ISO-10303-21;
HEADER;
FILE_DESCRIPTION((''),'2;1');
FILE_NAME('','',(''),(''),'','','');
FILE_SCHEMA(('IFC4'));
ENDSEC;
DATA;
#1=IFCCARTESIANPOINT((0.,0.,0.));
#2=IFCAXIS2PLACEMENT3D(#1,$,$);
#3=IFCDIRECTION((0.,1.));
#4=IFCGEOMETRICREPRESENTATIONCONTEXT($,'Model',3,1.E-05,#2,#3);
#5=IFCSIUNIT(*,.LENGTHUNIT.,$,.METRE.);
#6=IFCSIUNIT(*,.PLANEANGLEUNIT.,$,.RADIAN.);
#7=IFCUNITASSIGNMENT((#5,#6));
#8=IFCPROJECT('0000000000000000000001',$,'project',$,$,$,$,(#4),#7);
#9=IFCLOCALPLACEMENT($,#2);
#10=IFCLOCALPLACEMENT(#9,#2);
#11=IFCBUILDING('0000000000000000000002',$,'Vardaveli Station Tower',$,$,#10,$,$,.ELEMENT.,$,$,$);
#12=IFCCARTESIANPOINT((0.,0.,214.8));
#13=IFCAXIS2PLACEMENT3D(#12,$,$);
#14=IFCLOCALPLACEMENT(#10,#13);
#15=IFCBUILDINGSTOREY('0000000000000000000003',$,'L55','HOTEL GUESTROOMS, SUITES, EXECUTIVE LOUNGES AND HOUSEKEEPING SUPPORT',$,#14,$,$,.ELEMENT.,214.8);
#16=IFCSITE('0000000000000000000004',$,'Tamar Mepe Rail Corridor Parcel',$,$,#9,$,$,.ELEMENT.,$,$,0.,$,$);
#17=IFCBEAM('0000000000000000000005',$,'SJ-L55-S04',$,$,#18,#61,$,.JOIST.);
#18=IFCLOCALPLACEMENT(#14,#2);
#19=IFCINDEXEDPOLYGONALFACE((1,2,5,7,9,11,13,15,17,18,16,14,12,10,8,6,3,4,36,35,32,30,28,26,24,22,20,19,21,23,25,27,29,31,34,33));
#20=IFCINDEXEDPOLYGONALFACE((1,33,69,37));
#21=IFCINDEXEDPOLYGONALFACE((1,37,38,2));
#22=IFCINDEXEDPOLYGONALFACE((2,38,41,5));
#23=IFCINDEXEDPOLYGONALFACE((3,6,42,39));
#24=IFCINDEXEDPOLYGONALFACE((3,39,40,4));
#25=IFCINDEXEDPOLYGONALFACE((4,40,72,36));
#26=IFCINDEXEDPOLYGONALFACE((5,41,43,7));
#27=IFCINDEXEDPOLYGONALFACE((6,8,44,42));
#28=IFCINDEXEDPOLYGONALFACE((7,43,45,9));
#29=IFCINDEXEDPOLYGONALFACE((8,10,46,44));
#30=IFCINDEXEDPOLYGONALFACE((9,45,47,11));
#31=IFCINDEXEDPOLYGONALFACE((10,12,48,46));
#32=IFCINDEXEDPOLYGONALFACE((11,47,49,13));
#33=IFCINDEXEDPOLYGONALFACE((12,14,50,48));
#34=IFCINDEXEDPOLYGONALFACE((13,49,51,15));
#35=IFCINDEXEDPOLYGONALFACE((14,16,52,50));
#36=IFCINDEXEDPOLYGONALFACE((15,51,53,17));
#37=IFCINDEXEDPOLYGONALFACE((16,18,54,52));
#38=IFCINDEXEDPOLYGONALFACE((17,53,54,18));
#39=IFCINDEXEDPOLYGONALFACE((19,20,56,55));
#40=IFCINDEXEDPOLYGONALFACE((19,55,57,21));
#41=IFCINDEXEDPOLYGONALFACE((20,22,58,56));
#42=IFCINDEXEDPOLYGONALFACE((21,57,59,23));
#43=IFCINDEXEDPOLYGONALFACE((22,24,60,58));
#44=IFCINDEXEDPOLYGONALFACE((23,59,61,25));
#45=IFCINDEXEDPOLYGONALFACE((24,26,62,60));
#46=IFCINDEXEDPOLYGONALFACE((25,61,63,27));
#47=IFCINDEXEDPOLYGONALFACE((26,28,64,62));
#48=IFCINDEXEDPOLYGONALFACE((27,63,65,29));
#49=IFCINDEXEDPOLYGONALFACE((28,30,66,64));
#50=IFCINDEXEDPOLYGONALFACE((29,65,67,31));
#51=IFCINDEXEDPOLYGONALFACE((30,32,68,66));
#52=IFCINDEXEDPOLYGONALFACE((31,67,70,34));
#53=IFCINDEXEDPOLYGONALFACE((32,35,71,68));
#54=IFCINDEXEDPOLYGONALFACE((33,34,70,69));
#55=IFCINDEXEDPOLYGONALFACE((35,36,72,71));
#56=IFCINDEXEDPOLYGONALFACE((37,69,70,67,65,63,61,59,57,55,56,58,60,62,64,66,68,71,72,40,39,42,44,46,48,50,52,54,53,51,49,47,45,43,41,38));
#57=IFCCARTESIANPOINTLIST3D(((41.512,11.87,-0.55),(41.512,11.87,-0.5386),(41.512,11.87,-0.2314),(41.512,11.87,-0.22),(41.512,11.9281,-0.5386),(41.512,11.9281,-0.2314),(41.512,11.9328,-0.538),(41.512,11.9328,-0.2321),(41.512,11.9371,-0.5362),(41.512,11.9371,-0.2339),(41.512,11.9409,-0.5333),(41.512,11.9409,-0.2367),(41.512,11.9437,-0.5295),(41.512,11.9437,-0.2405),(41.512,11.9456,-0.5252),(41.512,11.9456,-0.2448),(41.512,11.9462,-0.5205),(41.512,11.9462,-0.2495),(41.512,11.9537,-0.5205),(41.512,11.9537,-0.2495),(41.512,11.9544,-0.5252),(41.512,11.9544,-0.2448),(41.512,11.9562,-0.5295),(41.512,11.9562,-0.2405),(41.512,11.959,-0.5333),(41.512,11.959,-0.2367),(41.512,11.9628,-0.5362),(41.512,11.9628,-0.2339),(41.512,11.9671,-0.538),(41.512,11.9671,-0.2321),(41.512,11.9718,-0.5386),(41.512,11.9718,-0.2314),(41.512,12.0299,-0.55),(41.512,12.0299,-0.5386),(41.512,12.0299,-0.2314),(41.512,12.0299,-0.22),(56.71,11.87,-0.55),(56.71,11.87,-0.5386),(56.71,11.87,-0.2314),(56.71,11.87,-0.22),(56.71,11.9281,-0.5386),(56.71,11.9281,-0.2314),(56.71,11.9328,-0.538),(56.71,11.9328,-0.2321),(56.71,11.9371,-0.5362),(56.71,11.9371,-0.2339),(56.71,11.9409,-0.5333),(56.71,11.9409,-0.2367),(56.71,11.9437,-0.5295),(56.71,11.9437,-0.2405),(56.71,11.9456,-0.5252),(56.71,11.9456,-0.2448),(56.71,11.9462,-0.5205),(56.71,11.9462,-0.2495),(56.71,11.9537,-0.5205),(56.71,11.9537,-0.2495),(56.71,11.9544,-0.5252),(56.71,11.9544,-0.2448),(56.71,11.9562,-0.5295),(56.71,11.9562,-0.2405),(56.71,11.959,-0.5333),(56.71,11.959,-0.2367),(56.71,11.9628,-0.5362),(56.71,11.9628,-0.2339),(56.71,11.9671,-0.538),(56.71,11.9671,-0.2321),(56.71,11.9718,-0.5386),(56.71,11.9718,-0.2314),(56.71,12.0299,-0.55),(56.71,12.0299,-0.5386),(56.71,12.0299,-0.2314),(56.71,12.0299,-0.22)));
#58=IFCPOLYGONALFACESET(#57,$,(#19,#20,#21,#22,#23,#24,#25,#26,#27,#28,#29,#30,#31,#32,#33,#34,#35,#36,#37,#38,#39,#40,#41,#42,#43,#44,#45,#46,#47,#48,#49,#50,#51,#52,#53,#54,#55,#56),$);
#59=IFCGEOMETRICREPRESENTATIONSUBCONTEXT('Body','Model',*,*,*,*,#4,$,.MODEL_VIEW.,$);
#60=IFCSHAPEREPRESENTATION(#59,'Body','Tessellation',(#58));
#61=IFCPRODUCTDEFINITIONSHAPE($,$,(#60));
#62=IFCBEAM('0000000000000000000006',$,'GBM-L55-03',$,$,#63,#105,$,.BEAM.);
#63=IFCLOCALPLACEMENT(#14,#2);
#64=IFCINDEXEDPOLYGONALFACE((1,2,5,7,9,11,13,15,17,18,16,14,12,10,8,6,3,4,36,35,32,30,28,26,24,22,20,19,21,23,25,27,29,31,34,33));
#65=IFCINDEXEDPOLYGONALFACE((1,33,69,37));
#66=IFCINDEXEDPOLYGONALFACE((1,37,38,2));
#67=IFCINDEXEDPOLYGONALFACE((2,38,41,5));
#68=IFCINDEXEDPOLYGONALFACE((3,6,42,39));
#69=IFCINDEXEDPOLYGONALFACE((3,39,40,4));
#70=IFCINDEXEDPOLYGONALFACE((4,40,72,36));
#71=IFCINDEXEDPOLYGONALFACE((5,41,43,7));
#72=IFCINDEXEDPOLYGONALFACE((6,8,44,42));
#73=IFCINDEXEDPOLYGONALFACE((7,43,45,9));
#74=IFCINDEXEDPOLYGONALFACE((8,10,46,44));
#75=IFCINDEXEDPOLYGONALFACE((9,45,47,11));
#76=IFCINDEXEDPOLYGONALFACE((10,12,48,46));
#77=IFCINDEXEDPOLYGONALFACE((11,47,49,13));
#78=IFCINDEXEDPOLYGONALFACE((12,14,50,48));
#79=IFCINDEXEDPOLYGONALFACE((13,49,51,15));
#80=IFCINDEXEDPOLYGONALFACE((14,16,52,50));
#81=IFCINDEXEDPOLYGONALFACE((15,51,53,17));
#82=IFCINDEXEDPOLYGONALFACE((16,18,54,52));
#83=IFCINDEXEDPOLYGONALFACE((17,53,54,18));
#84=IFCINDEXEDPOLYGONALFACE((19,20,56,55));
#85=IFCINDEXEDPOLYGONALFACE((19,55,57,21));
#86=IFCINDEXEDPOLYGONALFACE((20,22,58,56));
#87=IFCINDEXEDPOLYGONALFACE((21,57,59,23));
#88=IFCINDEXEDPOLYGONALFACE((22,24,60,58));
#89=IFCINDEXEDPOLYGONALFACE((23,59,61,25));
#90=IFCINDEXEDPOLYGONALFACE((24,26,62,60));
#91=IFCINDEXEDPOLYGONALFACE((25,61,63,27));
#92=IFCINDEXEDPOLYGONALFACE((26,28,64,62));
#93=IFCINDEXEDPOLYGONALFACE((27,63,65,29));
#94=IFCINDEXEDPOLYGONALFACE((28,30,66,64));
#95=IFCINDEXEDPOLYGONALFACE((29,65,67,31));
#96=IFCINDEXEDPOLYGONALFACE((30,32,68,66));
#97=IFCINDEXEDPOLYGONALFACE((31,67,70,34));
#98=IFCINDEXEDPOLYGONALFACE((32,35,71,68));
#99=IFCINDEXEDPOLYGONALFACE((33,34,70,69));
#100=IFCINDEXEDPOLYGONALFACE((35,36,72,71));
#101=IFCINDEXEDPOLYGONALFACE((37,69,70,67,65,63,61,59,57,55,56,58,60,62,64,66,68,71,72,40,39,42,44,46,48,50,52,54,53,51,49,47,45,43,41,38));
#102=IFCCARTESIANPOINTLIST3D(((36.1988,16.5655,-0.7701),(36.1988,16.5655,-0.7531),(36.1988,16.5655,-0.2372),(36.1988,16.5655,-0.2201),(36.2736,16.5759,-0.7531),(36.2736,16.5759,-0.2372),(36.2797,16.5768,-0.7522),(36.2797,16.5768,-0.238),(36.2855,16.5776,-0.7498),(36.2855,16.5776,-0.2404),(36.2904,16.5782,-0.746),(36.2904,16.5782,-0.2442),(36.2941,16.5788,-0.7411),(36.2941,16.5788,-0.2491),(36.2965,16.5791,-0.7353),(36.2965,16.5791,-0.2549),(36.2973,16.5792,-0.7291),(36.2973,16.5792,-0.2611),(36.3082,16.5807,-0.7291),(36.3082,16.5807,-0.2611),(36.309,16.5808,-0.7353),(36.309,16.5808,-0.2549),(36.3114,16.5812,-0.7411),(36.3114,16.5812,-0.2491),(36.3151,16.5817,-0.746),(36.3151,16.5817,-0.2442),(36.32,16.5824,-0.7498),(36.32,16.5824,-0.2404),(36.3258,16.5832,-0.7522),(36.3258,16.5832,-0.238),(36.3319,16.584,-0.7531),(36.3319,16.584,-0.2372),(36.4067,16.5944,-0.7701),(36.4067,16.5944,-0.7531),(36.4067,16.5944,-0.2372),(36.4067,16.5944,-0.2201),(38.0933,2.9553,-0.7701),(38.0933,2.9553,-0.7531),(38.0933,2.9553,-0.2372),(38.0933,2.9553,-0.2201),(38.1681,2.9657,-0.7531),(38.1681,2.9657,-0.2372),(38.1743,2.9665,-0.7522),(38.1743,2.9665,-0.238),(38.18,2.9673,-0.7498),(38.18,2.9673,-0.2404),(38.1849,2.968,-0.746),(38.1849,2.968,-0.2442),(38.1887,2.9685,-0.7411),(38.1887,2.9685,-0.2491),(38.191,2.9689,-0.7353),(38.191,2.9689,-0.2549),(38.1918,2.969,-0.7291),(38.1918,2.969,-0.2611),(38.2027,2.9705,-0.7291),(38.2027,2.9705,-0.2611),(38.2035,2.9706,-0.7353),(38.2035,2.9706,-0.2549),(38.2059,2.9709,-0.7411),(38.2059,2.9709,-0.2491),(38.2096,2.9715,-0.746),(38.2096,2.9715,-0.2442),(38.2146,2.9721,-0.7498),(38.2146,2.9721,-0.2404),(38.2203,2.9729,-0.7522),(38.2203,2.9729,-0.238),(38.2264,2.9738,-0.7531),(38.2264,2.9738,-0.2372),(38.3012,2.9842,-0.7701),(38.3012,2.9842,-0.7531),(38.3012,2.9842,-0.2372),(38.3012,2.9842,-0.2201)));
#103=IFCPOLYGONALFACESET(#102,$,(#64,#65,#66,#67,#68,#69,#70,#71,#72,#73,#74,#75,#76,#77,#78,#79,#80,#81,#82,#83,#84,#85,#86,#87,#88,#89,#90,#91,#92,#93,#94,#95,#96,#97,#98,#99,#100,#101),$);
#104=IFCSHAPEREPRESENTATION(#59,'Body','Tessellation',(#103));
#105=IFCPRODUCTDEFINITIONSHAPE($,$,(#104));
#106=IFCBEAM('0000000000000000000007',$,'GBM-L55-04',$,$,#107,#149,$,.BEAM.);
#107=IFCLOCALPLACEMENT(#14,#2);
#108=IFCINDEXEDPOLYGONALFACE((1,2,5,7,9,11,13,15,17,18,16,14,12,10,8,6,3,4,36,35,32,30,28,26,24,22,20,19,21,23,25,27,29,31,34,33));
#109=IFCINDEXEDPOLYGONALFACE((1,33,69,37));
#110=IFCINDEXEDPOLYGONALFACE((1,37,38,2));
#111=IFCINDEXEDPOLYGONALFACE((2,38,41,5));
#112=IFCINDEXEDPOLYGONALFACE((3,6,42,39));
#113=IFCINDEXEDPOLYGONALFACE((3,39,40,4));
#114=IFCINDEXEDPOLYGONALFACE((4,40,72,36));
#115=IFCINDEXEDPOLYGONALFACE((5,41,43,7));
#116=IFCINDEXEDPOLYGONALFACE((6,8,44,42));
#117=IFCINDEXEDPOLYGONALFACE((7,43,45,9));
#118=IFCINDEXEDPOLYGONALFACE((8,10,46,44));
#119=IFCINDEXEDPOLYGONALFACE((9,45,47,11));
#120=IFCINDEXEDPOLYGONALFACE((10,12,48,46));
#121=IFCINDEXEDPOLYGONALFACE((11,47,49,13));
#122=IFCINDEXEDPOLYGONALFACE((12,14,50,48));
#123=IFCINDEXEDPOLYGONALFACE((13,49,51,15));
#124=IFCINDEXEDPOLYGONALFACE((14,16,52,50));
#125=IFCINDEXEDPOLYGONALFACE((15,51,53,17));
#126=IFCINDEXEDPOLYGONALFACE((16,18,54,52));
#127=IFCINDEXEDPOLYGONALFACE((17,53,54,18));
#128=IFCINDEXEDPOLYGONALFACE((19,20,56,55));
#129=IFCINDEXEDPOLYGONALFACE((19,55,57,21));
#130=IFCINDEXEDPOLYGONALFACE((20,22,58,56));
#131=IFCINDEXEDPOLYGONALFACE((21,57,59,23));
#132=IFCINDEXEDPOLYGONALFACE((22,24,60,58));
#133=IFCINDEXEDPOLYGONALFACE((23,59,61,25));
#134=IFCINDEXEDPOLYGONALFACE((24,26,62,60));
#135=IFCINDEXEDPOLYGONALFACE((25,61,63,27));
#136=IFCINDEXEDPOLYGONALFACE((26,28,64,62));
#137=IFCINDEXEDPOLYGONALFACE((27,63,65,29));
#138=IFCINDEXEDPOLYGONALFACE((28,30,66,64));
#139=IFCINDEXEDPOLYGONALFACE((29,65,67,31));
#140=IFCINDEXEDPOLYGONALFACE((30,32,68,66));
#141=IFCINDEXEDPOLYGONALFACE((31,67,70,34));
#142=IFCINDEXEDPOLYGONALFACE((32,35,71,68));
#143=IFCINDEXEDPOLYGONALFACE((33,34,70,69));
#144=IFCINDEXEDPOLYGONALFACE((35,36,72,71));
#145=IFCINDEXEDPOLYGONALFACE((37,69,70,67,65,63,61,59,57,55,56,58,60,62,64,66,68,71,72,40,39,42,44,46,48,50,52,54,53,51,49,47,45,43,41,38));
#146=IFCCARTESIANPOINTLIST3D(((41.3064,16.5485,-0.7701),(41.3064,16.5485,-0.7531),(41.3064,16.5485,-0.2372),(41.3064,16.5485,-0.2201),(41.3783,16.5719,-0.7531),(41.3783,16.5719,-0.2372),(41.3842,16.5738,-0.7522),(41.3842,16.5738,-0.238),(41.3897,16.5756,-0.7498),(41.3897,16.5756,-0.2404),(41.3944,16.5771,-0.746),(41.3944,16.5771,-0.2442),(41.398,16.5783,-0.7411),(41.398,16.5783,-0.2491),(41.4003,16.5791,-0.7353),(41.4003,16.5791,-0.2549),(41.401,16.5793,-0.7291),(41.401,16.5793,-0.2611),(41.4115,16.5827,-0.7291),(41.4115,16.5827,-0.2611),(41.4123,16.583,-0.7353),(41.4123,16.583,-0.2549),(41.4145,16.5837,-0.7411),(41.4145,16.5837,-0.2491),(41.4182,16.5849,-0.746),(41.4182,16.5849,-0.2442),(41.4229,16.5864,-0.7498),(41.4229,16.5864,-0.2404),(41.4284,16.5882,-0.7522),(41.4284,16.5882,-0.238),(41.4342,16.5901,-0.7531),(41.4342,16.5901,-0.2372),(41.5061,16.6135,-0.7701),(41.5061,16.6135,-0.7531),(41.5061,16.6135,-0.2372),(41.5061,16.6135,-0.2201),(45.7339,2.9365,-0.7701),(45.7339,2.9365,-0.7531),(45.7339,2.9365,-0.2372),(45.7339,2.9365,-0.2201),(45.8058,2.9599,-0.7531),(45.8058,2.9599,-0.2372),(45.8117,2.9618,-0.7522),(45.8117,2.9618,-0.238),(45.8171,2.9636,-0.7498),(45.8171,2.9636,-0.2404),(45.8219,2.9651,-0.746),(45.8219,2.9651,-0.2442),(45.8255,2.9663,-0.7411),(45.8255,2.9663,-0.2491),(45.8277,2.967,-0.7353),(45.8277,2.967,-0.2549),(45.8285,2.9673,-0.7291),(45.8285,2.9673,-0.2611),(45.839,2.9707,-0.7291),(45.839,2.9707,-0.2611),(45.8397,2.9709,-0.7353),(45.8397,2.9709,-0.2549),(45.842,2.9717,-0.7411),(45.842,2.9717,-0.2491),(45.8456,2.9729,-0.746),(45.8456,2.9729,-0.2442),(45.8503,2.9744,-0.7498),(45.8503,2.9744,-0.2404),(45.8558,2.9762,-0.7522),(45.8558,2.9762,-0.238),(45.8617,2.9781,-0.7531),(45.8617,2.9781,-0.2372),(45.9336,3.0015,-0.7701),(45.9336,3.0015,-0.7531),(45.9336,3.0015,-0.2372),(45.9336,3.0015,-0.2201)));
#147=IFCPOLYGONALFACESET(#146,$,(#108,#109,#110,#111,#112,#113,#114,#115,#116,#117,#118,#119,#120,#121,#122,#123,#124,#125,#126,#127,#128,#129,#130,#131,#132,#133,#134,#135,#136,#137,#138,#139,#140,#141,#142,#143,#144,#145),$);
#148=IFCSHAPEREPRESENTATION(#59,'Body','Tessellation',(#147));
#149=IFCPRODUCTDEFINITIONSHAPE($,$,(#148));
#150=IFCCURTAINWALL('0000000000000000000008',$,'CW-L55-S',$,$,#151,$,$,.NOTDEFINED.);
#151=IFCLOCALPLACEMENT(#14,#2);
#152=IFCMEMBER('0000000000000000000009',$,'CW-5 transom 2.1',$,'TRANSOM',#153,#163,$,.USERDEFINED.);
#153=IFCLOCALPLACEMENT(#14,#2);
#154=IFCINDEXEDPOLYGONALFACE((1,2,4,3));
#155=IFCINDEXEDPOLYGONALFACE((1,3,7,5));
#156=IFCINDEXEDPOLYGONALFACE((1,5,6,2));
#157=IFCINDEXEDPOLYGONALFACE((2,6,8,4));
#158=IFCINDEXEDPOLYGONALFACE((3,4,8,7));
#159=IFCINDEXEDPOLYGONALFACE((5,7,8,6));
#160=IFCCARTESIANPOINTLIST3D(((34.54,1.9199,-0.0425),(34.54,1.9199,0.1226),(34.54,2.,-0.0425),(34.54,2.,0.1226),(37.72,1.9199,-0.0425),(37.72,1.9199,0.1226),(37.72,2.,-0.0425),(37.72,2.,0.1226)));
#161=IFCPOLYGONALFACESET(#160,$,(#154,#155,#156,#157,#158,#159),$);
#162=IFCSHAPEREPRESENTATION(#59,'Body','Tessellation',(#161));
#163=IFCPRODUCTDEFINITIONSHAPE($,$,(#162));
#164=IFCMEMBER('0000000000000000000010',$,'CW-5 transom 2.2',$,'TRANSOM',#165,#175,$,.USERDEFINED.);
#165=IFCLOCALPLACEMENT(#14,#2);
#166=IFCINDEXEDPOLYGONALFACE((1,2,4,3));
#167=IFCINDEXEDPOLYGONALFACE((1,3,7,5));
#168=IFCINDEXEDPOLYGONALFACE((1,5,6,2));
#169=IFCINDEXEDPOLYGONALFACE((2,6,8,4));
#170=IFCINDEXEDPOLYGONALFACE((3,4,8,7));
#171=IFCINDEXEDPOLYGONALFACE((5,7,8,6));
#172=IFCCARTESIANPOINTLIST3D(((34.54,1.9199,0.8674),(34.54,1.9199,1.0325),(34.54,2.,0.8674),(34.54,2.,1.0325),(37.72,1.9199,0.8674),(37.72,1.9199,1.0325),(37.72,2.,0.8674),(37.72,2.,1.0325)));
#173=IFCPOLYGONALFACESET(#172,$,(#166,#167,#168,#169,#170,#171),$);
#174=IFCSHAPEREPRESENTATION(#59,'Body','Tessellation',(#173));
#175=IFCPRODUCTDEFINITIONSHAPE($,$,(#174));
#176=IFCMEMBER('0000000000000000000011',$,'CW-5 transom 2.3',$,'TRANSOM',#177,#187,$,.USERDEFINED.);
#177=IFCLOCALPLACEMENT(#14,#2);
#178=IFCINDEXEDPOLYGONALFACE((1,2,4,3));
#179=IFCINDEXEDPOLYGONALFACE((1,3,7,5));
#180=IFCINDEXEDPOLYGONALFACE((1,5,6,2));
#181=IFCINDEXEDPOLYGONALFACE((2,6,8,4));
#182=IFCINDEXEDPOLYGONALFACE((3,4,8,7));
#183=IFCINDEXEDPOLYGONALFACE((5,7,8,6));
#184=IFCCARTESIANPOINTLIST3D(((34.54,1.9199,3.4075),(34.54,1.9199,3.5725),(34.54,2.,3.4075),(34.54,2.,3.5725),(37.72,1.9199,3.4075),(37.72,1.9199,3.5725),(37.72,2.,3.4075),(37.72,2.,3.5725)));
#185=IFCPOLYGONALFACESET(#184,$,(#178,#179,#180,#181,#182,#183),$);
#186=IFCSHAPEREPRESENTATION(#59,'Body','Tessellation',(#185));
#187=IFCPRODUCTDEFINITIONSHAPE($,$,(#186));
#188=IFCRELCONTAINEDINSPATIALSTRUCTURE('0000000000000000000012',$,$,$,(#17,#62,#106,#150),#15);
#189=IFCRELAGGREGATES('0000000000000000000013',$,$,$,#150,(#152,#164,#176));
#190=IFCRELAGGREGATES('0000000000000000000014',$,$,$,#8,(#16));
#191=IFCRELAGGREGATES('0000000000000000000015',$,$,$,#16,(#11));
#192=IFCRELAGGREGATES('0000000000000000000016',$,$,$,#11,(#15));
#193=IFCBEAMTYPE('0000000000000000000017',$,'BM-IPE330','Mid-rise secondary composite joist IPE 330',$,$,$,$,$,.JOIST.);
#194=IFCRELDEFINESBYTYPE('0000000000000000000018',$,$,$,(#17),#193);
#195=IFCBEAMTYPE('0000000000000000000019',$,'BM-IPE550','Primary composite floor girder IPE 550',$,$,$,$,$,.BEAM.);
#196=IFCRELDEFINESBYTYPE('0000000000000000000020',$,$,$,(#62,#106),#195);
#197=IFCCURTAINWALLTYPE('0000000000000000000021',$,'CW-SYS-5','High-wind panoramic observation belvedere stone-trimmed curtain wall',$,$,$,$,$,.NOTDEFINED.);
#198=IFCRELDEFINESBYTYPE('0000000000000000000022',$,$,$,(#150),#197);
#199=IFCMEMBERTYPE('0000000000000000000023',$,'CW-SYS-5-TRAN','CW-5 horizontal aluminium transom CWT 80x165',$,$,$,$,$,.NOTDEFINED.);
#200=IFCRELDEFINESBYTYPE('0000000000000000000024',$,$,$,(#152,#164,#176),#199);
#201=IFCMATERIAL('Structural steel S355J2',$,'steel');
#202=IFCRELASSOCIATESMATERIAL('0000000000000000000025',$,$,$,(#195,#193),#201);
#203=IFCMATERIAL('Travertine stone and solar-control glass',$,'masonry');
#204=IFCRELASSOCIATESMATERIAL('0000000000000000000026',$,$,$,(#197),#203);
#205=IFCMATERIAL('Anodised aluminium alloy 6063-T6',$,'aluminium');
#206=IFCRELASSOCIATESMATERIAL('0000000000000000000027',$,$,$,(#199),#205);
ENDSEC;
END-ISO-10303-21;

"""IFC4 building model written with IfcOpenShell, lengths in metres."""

from ifc_helpers import new_model, si_unit, direction, frame, origin, origin_2d, place, context, subcontext, project, spatial, rectangle, i_section, extrude, source, transform, mapped, material, material_profile, profile_set, type_object, element, aggregate, save


model = new_model("IFC4")

# Units and contexts
model_context = context("Model", 3, precision=1e-05, world=origin(), true_north=direction((0.0, 1.0)))
body_context = subcontext(model_context, "Body", "Model", "MODEL_VIEW")
ifc_project = project(units=[si_unit("LENGTHUNIT", "METRE"), si_unit("PLANEANGLEUNIT", "RADIAN")], contexts=[model_context])

# Site, building, storey
site_placement = place(None, origin())
site = spatial("IfcSite", under=ifc_project, at=site_placement, Name="Tamar Mepe Rail Corridor Parcel", CompositionType="ELEMENT", RefElevation=0.0)
building_placement = place(site_placement, origin())
building = spatial("IfcBuilding", under=site, at=building_placement, Name="Vardaveli Station Tower", CompositionType="ELEMENT")
storey_placement = place(building_placement, frame((0.0, 0.0, 214.8)))
storey = spatial("IfcBuildingStorey", under=building, at=storey_placement, Name="L55", Description="HOTEL GUESTROOMS, SUITES, EXECUTIVE LOUNGES AND HOUSEKEEPING SUPPORT", CompositionType="ELEMENT", Elevation=214.8)

# Beams
ifc_material_1 = material(Name="Structural steel S355J2", Category="steel")
ifc_material_profile_1 = material_profile(ifc_material_1, i_section(OverallWidth=0.21, OverallDepth=0.55, WebThickness=0.011, FlangeThickness=0.0171, FilletRadius=0.0239, at=origin_2d()), Name="IPE 550")
ifc_profile_set_1 = profile_set([ifc_material_profile_1], Name="Structural steel S355J2")
beam_type_1 = type_object("IfcBeamType", Name="BM-IPE550", Description="Primary composite floor girder IPE 550", PredefinedType="BEAM", material=ifc_profile_set_1)
ifc_material_profile_2 = material_profile(ifc_material_1, i_section(OverallWidth=0.1599, OverallDepth=0.3301, WebThickness=0.0076, FlangeThickness=0.0115, FilletRadius=0.0181, at=origin_2d()), Name="IPE 330")
ifc_profile_set_2 = profile_set([ifc_material_profile_2], Name="Structural steel S355J2")
beam_type_2 = type_object("IfcBeamType", Name="BM-IPE330", Description="Mid-rise secondary composite joist IPE 330", PredefinedType="JOIST", material=ifc_profile_set_2)
shared_shape_1 = source(origin(), body_context, "Body", "SweptSolid", [
    extrude(i_section(OverallWidth=0.1599, OverallDepth=0.3301, WebThickness=0.0076, FlangeThickness=0.0115, FilletRadius=0.0181, at=origin_2d()), origin(), (0.0, 0.0, 1.0), 15.198),
])
for number, where, z_axis, x_axis, name in (
    (1, (41.512, 11.95, -0.385), (1.0, 0.0, 0.0), (0.0, 1.0, 0.0), "SJ-L55-S04"),
):
    element("IfcBeam", number, at=place(storey_placement, frame(where, z_axis=z_axis, x_axis=x_axis)), inside=storey, type_object=beam_type_2, Name=name, PredefinedType="JOIST", context=body_context, shape_type="MappedRepresentation", body=[
        mapped(shared_shape_1, transform((0.0, 0.0, 0.0), scale=1.0)),
    ])
shared_shape_2 = source(origin(), body_context, "Body", "SweptSolid", [
    extrude(i_section(OverallWidth=0.21, OverallDepth=0.55, WebThickness=0.011, FlangeThickness=0.0171, FilletRadius=0.0239, at=origin_2d()), origin(), (0.0, 0.0, 1.0), 13.7415),
])
beam_1_placement = place(storey_placement, frame((38.1973, 2.9697, -0.4951), z_axis=(-0.137869, 0.990451, 0.0), x_axis=(-0.990451, -0.137869, 0.0)))
element("IfcBeam", 2, at=beam_1_placement, inside=storey, type_object=beam_type_1, Name="GBM-L55-03", PredefinedType="BEAM", context=body_context, shape_type="MappedRepresentation", body=[
    mapped(shared_shape_2, transform((0.0, 0.0, 0.0), scale=1.0)),
])
shared_shape_3 = source(origin(), body_context, "Body", "SweptSolid", [
    extrude(i_section(OverallWidth=0.21, OverallDepth=0.55, WebThickness=0.011, FlangeThickness=0.0171, FilletRadius=0.0239, at=origin_2d()), origin(), (0.0, 0.0, 1.0), 14.314),
])
beam_2_placement = place(storey_placement, frame((45.8337, 2.969, -0.4951), z_axis=(-0.309312, 0.950961, 0.0), x_axis=(-0.950961, -0.309312, 0.0)))
element("IfcBeam", 3, at=beam_2_placement, inside=storey, type_object=beam_type_1, Name="GBM-L55-04", PredefinedType="BEAM", context=body_context, shape_type="MappedRepresentation", body=[
    mapped(shared_shape_3, transform((0.0, 0.0, 0.0), scale=1.0)),
])

# Curtain wall, members
ifc_material_2 = material(Name="Travertine stone and solar-control glass", Category="masonry")
curtain_wall_type = type_object("IfcCurtainWallType", Name="CW-SYS-5", Description="High-wind panoramic observation belvedere stone-trimmed curtain wall", PredefinedType="NOTDEFINED", material=ifc_material_2)
curtain_wall_placement = place(storey_placement, origin())
curtain_wall = element("IfcCurtainWall", 4, at=curtain_wall_placement, inside=storey, type_object=curtain_wall_type, Name="CW-L55-S", PredefinedType="NOTDEFINED")
ifc_material_3 = material(Name="Anodised aluminium alloy 6063-T6", Category="aluminium")
ifc_material_profile_3 = material_profile(ifc_material_3, rectangle(XDim=0.0801, YDim=0.165, at=origin_2d()), Name="CWT 80x165")
ifc_profile_set_3 = profile_set([ifc_material_profile_3], Name="Anodised aluminium alloy 6063-T6")
member_type_1 = type_object("IfcMemberType", Name="CW-SYS-5-TRAN", Description="CW-5 horizontal aluminium transom CWT 80x165", PredefinedType="NOTDEFINED", material=ifc_profile_set_3)
shared_shape_4 = source(origin(), body_context, "Body", "SweptSolid", [
    extrude(rectangle(XDim=0.0801, YDim=0.165, at=origin_2d()), origin(), (0.0, 0.0, 1.0), 3.1799),
])
member_1_placement = place(storey_placement, frame((34.54, 1.96, 0.04), z_axis=(1.0, 0.0, 0.0), x_axis=(0.0, 1.0, 0.0)))
member_1 = element("IfcMember", 5, at=member_1_placement, type_object=member_type_1, Name="CW-5 transom 2.1", ObjectType="TRANSOM", PredefinedType="USERDEFINED", context=body_context, shape_type="MappedRepresentation", body=[
    mapped(shared_shape_4, transform((0.0, 0.0, 0.0), scale=1.0)),
])
member_2_placement = place(storey_placement, frame((34.54, 1.96, 0.95), z_axis=(1.0, 0.0, 0.0), x_axis=(0.0, 1.0, 0.0)))
member_2 = element("IfcMember", 6, at=member_2_placement, type_object=member_type_1, Name="CW-5 transom 2.2", ObjectType="TRANSOM", PredefinedType="USERDEFINED", context=body_context, shape_type="MappedRepresentation", body=[
    mapped(shared_shape_4, transform((0.0, 0.0, 0.0), scale=1.0)),
])
member_3_placement = place(storey_placement, frame((34.54, 1.96, 3.49), z_axis=(1.0, 0.0, 0.0), x_axis=(0.0, 1.0, 0.0)))
member_3 = element("IfcMember", 7, at=member_3_placement, type_object=member_type_1, Name="CW-5 transom 2.3", ObjectType="TRANSOM", PredefinedType="USERDEFINED", context=body_context, shape_type="MappedRepresentation", body=[
    mapped(shared_shape_4, transform((0.0, 0.0, 0.0), scale=1.0)),
])
aggregate(curtain_wall, [member_1, member_2, member_3])

save(model, "model.ifc")
